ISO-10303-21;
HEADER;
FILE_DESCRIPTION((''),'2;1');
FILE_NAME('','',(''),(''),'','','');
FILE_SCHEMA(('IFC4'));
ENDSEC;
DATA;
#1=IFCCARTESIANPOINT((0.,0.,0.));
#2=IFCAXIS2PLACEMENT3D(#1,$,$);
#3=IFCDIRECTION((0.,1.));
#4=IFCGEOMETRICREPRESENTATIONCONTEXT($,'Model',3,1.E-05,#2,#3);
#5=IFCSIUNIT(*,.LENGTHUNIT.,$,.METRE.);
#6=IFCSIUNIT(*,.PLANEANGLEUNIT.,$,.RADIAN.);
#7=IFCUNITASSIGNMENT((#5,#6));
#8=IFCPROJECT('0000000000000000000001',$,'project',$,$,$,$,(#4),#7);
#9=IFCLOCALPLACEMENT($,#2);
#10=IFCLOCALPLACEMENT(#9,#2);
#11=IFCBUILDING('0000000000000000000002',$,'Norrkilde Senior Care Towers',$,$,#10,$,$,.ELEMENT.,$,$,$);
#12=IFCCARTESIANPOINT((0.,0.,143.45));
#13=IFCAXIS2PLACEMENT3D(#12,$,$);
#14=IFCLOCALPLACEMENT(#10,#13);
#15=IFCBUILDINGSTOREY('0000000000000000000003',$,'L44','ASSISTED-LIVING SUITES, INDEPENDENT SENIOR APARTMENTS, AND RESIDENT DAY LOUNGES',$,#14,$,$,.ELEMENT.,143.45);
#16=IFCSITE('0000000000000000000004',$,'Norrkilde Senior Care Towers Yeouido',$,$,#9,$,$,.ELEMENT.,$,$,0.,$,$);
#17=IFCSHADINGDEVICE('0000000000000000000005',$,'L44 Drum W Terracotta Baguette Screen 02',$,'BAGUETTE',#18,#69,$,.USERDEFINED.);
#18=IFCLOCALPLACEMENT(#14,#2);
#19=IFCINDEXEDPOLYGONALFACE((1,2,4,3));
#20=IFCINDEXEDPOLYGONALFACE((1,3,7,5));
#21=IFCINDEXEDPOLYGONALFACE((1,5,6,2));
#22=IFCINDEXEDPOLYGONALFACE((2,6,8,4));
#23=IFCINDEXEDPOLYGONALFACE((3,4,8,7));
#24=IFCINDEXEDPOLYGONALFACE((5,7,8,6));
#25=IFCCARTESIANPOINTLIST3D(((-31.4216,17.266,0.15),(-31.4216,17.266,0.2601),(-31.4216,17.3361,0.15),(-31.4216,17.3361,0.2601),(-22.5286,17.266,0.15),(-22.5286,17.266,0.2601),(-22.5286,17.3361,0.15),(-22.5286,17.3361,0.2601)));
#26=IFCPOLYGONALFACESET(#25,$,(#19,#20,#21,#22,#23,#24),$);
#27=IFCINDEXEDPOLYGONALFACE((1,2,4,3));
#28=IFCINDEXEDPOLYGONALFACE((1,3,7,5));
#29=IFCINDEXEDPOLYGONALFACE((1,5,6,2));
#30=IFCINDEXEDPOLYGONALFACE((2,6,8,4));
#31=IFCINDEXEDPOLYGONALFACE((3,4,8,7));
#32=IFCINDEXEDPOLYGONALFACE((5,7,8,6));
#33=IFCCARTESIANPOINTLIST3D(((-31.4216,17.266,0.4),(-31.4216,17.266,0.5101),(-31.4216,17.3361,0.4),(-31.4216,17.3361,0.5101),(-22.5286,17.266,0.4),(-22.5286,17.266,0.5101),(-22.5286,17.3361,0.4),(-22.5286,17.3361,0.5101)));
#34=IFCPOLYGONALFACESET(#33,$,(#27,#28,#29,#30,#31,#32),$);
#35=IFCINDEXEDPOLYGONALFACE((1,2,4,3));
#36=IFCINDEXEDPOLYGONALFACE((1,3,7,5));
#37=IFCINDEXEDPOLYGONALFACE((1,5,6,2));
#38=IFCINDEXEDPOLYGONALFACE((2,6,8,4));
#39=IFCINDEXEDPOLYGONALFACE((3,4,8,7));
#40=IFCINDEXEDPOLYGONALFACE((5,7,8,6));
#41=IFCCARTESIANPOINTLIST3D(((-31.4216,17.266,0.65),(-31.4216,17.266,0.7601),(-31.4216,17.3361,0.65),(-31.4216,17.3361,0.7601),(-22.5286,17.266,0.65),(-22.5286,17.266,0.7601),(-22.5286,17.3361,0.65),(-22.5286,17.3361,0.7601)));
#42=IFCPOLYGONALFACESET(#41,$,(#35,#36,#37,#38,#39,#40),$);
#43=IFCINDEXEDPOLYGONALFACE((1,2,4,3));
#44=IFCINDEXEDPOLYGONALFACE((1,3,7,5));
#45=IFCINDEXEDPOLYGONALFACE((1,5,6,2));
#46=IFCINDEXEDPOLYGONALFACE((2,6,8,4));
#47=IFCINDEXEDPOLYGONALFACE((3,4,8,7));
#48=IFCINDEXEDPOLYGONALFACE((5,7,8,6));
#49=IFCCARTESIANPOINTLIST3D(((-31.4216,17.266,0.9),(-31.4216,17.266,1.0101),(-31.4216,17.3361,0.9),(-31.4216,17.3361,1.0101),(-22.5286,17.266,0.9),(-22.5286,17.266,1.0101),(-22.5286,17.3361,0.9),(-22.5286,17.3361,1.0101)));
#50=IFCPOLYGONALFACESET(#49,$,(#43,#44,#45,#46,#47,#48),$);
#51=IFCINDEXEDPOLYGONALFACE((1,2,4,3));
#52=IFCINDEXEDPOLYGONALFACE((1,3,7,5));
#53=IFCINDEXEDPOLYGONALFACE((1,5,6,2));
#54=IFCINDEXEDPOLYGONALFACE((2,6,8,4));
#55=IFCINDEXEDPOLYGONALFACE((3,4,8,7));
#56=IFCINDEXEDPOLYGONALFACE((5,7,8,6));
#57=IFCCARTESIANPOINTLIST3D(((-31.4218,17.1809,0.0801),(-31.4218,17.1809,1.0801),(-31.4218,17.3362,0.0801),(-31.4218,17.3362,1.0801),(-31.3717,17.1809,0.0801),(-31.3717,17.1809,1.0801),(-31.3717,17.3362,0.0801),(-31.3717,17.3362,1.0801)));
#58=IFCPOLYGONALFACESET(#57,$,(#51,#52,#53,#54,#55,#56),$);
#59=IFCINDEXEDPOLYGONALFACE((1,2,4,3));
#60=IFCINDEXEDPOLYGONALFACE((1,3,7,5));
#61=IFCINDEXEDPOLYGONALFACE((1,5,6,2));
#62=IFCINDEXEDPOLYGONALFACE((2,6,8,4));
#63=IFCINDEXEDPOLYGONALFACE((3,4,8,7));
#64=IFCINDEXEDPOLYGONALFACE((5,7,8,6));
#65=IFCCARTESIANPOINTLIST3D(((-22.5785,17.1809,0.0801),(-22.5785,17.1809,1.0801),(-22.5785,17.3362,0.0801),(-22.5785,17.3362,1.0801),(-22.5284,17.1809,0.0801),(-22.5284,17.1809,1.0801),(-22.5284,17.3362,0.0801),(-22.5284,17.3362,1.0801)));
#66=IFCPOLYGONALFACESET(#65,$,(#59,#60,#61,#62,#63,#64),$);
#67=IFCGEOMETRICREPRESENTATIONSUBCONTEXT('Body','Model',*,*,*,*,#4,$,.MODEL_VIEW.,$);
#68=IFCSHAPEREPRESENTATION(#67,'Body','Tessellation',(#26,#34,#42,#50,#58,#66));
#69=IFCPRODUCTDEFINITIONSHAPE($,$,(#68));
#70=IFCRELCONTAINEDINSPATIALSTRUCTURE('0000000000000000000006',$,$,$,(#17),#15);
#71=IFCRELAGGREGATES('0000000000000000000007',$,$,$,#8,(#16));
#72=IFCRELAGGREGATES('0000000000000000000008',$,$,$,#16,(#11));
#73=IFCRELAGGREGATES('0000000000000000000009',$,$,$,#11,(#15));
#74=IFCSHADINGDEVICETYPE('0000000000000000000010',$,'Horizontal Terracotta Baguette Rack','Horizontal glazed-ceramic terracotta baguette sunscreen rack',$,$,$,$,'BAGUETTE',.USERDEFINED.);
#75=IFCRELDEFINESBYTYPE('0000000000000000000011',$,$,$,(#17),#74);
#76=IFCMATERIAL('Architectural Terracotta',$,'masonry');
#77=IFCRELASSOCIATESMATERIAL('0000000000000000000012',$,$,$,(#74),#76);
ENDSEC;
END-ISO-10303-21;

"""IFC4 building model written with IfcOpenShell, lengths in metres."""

from ifc_helpers import new_model, si_unit, direction, frame, origin, origin_2d, place, context, subcontext, project, spatial, rectangle, extrude, source, transform, mapped, material, type_object, type_shapes, element, save


model = new_model("IFC4")

# Units and contexts
model_context = context("Model", 3, precision=1e-05, world=origin(), true_north=direction((0.0, 1.0)))
body_context = subcontext(model_context, "Body", "Model", "MODEL_VIEW")
ifc_project = project(units=[si_unit("LENGTHUNIT", "METRE"), si_unit("PLANEANGLEUNIT", "RADIAN")], contexts=[model_context])

# Site, building, storey
site_placement = place(None, origin())
site = spatial("IfcSite", under=ifc_project, at=site_placement, Name="Norrkilde Senior Care Towers Yeouido", CompositionType="ELEMENT", RefElevation=0.0)
building_placement = place(site_placement, origin())
building = spatial("IfcBuilding", under=site, at=building_placement, Name="Norrkilde Senior Care Towers", CompositionType="ELEMENT")
storey_placement = place(building_placement, frame((0.0, 0.0, 143.45)))
storey = spatial("IfcBuildingStorey", under=building, at=storey_placement, Name="L44", Description="ASSISTED-LIVING SUITES, INDEPENDENT SENIOR APARTMENTS, AND RESIDENT DAY LOUNGES", CompositionType="ELEMENT", Elevation=143.45)

# Shading device
ifc_material_1 = material(Name="Architectural Terracotta", Category="masonry")
shading_device_type = type_object("IfcShadingDeviceType", Name="Horizontal Terracotta Baguette Rack", Description="Horizontal glazed-ceramic terracotta baguette sunscreen rack", ElementType="BAGUETTE", PredefinedType="USERDEFINED", material=ifc_material_1)
shared_shape_1 = source(origin(), body_context, "Body", "SweptSolid", [
    extrude(rectangle(XDim=0.0701, YDim=0.1101, at=origin_2d()), frame((0.0, 0.0901, 0.125), z_axis=(1.0, 0.0, 0.0), x_axis=(0.0, 1.0, 0.0)), (0.0, 0.0, 1.0), 8.8931),
    extrude(rectangle(XDim=0.0701, YDim=0.1101, at=origin_2d()), frame((0.0, 0.0901, 0.375), z_axis=(1.0, 0.0, 0.0), x_axis=(0.0, 1.0, 0.0)), (0.0, 0.0, 1.0), 8.8931),
    extrude(rectangle(XDim=0.0701, YDim=0.1101, at=origin_2d()), frame((0.0, 0.0901, 0.625), z_axis=(1.0, 0.0, 0.0), x_axis=(0.0, 1.0, 0.0)), (0.0, 0.0, 1.0), 8.8931),
    extrude(rectangle(XDim=0.0701, YDim=0.1101, at=origin_2d()), frame((0.0, 0.0901, 0.875), z_axis=(1.0, 0.0, 0.0), x_axis=(0.0, 1.0, 0.0)), (0.0, 0.0, 1.0), 8.8931),
    extrude(rectangle(XDim=0.05, YDim=0.1553, at=origin_2d()), frame((0.0249, 0.0476, 0.0)), (0.0, 0.0, 1.0), 1.0),
    extrude(rectangle(XDim=0.05, YDim=0.1553, at=origin_2d()), frame((8.8682, 0.0476, 0.0)), (0.0, 0.0, 1.0), 1.0),
])
type_shapes(shading_device_type, [shared_shape_1])
shading_device_placement = place(storey_placement, frame((-31.4216, 17.2109, 0.0801), z_axis=(0.0, 0.0, 1.0), x_axis=(1.0, 0.0, 0.0)))
element("IfcShadingDevice", 1, at=shading_device_placement, inside=storey, type_object=shading_device_type, Name="L44 Drum W Terracotta Baguette Screen 02", ObjectType="BAGUETTE", PredefinedType="USERDEFINED", context=body_context, shape_type="MappedRepresentation", body=[
    mapped(shared_shape_1, transform((0.0, 0.0, 0.0), x_axis=(1.0, 0.0, 0.0), y_axis=(0.0, 1.0, 0.0), z_axis=(0.0, 0.0, 1.0), scale=1.0)),
])

save(model, "model.ifc")
